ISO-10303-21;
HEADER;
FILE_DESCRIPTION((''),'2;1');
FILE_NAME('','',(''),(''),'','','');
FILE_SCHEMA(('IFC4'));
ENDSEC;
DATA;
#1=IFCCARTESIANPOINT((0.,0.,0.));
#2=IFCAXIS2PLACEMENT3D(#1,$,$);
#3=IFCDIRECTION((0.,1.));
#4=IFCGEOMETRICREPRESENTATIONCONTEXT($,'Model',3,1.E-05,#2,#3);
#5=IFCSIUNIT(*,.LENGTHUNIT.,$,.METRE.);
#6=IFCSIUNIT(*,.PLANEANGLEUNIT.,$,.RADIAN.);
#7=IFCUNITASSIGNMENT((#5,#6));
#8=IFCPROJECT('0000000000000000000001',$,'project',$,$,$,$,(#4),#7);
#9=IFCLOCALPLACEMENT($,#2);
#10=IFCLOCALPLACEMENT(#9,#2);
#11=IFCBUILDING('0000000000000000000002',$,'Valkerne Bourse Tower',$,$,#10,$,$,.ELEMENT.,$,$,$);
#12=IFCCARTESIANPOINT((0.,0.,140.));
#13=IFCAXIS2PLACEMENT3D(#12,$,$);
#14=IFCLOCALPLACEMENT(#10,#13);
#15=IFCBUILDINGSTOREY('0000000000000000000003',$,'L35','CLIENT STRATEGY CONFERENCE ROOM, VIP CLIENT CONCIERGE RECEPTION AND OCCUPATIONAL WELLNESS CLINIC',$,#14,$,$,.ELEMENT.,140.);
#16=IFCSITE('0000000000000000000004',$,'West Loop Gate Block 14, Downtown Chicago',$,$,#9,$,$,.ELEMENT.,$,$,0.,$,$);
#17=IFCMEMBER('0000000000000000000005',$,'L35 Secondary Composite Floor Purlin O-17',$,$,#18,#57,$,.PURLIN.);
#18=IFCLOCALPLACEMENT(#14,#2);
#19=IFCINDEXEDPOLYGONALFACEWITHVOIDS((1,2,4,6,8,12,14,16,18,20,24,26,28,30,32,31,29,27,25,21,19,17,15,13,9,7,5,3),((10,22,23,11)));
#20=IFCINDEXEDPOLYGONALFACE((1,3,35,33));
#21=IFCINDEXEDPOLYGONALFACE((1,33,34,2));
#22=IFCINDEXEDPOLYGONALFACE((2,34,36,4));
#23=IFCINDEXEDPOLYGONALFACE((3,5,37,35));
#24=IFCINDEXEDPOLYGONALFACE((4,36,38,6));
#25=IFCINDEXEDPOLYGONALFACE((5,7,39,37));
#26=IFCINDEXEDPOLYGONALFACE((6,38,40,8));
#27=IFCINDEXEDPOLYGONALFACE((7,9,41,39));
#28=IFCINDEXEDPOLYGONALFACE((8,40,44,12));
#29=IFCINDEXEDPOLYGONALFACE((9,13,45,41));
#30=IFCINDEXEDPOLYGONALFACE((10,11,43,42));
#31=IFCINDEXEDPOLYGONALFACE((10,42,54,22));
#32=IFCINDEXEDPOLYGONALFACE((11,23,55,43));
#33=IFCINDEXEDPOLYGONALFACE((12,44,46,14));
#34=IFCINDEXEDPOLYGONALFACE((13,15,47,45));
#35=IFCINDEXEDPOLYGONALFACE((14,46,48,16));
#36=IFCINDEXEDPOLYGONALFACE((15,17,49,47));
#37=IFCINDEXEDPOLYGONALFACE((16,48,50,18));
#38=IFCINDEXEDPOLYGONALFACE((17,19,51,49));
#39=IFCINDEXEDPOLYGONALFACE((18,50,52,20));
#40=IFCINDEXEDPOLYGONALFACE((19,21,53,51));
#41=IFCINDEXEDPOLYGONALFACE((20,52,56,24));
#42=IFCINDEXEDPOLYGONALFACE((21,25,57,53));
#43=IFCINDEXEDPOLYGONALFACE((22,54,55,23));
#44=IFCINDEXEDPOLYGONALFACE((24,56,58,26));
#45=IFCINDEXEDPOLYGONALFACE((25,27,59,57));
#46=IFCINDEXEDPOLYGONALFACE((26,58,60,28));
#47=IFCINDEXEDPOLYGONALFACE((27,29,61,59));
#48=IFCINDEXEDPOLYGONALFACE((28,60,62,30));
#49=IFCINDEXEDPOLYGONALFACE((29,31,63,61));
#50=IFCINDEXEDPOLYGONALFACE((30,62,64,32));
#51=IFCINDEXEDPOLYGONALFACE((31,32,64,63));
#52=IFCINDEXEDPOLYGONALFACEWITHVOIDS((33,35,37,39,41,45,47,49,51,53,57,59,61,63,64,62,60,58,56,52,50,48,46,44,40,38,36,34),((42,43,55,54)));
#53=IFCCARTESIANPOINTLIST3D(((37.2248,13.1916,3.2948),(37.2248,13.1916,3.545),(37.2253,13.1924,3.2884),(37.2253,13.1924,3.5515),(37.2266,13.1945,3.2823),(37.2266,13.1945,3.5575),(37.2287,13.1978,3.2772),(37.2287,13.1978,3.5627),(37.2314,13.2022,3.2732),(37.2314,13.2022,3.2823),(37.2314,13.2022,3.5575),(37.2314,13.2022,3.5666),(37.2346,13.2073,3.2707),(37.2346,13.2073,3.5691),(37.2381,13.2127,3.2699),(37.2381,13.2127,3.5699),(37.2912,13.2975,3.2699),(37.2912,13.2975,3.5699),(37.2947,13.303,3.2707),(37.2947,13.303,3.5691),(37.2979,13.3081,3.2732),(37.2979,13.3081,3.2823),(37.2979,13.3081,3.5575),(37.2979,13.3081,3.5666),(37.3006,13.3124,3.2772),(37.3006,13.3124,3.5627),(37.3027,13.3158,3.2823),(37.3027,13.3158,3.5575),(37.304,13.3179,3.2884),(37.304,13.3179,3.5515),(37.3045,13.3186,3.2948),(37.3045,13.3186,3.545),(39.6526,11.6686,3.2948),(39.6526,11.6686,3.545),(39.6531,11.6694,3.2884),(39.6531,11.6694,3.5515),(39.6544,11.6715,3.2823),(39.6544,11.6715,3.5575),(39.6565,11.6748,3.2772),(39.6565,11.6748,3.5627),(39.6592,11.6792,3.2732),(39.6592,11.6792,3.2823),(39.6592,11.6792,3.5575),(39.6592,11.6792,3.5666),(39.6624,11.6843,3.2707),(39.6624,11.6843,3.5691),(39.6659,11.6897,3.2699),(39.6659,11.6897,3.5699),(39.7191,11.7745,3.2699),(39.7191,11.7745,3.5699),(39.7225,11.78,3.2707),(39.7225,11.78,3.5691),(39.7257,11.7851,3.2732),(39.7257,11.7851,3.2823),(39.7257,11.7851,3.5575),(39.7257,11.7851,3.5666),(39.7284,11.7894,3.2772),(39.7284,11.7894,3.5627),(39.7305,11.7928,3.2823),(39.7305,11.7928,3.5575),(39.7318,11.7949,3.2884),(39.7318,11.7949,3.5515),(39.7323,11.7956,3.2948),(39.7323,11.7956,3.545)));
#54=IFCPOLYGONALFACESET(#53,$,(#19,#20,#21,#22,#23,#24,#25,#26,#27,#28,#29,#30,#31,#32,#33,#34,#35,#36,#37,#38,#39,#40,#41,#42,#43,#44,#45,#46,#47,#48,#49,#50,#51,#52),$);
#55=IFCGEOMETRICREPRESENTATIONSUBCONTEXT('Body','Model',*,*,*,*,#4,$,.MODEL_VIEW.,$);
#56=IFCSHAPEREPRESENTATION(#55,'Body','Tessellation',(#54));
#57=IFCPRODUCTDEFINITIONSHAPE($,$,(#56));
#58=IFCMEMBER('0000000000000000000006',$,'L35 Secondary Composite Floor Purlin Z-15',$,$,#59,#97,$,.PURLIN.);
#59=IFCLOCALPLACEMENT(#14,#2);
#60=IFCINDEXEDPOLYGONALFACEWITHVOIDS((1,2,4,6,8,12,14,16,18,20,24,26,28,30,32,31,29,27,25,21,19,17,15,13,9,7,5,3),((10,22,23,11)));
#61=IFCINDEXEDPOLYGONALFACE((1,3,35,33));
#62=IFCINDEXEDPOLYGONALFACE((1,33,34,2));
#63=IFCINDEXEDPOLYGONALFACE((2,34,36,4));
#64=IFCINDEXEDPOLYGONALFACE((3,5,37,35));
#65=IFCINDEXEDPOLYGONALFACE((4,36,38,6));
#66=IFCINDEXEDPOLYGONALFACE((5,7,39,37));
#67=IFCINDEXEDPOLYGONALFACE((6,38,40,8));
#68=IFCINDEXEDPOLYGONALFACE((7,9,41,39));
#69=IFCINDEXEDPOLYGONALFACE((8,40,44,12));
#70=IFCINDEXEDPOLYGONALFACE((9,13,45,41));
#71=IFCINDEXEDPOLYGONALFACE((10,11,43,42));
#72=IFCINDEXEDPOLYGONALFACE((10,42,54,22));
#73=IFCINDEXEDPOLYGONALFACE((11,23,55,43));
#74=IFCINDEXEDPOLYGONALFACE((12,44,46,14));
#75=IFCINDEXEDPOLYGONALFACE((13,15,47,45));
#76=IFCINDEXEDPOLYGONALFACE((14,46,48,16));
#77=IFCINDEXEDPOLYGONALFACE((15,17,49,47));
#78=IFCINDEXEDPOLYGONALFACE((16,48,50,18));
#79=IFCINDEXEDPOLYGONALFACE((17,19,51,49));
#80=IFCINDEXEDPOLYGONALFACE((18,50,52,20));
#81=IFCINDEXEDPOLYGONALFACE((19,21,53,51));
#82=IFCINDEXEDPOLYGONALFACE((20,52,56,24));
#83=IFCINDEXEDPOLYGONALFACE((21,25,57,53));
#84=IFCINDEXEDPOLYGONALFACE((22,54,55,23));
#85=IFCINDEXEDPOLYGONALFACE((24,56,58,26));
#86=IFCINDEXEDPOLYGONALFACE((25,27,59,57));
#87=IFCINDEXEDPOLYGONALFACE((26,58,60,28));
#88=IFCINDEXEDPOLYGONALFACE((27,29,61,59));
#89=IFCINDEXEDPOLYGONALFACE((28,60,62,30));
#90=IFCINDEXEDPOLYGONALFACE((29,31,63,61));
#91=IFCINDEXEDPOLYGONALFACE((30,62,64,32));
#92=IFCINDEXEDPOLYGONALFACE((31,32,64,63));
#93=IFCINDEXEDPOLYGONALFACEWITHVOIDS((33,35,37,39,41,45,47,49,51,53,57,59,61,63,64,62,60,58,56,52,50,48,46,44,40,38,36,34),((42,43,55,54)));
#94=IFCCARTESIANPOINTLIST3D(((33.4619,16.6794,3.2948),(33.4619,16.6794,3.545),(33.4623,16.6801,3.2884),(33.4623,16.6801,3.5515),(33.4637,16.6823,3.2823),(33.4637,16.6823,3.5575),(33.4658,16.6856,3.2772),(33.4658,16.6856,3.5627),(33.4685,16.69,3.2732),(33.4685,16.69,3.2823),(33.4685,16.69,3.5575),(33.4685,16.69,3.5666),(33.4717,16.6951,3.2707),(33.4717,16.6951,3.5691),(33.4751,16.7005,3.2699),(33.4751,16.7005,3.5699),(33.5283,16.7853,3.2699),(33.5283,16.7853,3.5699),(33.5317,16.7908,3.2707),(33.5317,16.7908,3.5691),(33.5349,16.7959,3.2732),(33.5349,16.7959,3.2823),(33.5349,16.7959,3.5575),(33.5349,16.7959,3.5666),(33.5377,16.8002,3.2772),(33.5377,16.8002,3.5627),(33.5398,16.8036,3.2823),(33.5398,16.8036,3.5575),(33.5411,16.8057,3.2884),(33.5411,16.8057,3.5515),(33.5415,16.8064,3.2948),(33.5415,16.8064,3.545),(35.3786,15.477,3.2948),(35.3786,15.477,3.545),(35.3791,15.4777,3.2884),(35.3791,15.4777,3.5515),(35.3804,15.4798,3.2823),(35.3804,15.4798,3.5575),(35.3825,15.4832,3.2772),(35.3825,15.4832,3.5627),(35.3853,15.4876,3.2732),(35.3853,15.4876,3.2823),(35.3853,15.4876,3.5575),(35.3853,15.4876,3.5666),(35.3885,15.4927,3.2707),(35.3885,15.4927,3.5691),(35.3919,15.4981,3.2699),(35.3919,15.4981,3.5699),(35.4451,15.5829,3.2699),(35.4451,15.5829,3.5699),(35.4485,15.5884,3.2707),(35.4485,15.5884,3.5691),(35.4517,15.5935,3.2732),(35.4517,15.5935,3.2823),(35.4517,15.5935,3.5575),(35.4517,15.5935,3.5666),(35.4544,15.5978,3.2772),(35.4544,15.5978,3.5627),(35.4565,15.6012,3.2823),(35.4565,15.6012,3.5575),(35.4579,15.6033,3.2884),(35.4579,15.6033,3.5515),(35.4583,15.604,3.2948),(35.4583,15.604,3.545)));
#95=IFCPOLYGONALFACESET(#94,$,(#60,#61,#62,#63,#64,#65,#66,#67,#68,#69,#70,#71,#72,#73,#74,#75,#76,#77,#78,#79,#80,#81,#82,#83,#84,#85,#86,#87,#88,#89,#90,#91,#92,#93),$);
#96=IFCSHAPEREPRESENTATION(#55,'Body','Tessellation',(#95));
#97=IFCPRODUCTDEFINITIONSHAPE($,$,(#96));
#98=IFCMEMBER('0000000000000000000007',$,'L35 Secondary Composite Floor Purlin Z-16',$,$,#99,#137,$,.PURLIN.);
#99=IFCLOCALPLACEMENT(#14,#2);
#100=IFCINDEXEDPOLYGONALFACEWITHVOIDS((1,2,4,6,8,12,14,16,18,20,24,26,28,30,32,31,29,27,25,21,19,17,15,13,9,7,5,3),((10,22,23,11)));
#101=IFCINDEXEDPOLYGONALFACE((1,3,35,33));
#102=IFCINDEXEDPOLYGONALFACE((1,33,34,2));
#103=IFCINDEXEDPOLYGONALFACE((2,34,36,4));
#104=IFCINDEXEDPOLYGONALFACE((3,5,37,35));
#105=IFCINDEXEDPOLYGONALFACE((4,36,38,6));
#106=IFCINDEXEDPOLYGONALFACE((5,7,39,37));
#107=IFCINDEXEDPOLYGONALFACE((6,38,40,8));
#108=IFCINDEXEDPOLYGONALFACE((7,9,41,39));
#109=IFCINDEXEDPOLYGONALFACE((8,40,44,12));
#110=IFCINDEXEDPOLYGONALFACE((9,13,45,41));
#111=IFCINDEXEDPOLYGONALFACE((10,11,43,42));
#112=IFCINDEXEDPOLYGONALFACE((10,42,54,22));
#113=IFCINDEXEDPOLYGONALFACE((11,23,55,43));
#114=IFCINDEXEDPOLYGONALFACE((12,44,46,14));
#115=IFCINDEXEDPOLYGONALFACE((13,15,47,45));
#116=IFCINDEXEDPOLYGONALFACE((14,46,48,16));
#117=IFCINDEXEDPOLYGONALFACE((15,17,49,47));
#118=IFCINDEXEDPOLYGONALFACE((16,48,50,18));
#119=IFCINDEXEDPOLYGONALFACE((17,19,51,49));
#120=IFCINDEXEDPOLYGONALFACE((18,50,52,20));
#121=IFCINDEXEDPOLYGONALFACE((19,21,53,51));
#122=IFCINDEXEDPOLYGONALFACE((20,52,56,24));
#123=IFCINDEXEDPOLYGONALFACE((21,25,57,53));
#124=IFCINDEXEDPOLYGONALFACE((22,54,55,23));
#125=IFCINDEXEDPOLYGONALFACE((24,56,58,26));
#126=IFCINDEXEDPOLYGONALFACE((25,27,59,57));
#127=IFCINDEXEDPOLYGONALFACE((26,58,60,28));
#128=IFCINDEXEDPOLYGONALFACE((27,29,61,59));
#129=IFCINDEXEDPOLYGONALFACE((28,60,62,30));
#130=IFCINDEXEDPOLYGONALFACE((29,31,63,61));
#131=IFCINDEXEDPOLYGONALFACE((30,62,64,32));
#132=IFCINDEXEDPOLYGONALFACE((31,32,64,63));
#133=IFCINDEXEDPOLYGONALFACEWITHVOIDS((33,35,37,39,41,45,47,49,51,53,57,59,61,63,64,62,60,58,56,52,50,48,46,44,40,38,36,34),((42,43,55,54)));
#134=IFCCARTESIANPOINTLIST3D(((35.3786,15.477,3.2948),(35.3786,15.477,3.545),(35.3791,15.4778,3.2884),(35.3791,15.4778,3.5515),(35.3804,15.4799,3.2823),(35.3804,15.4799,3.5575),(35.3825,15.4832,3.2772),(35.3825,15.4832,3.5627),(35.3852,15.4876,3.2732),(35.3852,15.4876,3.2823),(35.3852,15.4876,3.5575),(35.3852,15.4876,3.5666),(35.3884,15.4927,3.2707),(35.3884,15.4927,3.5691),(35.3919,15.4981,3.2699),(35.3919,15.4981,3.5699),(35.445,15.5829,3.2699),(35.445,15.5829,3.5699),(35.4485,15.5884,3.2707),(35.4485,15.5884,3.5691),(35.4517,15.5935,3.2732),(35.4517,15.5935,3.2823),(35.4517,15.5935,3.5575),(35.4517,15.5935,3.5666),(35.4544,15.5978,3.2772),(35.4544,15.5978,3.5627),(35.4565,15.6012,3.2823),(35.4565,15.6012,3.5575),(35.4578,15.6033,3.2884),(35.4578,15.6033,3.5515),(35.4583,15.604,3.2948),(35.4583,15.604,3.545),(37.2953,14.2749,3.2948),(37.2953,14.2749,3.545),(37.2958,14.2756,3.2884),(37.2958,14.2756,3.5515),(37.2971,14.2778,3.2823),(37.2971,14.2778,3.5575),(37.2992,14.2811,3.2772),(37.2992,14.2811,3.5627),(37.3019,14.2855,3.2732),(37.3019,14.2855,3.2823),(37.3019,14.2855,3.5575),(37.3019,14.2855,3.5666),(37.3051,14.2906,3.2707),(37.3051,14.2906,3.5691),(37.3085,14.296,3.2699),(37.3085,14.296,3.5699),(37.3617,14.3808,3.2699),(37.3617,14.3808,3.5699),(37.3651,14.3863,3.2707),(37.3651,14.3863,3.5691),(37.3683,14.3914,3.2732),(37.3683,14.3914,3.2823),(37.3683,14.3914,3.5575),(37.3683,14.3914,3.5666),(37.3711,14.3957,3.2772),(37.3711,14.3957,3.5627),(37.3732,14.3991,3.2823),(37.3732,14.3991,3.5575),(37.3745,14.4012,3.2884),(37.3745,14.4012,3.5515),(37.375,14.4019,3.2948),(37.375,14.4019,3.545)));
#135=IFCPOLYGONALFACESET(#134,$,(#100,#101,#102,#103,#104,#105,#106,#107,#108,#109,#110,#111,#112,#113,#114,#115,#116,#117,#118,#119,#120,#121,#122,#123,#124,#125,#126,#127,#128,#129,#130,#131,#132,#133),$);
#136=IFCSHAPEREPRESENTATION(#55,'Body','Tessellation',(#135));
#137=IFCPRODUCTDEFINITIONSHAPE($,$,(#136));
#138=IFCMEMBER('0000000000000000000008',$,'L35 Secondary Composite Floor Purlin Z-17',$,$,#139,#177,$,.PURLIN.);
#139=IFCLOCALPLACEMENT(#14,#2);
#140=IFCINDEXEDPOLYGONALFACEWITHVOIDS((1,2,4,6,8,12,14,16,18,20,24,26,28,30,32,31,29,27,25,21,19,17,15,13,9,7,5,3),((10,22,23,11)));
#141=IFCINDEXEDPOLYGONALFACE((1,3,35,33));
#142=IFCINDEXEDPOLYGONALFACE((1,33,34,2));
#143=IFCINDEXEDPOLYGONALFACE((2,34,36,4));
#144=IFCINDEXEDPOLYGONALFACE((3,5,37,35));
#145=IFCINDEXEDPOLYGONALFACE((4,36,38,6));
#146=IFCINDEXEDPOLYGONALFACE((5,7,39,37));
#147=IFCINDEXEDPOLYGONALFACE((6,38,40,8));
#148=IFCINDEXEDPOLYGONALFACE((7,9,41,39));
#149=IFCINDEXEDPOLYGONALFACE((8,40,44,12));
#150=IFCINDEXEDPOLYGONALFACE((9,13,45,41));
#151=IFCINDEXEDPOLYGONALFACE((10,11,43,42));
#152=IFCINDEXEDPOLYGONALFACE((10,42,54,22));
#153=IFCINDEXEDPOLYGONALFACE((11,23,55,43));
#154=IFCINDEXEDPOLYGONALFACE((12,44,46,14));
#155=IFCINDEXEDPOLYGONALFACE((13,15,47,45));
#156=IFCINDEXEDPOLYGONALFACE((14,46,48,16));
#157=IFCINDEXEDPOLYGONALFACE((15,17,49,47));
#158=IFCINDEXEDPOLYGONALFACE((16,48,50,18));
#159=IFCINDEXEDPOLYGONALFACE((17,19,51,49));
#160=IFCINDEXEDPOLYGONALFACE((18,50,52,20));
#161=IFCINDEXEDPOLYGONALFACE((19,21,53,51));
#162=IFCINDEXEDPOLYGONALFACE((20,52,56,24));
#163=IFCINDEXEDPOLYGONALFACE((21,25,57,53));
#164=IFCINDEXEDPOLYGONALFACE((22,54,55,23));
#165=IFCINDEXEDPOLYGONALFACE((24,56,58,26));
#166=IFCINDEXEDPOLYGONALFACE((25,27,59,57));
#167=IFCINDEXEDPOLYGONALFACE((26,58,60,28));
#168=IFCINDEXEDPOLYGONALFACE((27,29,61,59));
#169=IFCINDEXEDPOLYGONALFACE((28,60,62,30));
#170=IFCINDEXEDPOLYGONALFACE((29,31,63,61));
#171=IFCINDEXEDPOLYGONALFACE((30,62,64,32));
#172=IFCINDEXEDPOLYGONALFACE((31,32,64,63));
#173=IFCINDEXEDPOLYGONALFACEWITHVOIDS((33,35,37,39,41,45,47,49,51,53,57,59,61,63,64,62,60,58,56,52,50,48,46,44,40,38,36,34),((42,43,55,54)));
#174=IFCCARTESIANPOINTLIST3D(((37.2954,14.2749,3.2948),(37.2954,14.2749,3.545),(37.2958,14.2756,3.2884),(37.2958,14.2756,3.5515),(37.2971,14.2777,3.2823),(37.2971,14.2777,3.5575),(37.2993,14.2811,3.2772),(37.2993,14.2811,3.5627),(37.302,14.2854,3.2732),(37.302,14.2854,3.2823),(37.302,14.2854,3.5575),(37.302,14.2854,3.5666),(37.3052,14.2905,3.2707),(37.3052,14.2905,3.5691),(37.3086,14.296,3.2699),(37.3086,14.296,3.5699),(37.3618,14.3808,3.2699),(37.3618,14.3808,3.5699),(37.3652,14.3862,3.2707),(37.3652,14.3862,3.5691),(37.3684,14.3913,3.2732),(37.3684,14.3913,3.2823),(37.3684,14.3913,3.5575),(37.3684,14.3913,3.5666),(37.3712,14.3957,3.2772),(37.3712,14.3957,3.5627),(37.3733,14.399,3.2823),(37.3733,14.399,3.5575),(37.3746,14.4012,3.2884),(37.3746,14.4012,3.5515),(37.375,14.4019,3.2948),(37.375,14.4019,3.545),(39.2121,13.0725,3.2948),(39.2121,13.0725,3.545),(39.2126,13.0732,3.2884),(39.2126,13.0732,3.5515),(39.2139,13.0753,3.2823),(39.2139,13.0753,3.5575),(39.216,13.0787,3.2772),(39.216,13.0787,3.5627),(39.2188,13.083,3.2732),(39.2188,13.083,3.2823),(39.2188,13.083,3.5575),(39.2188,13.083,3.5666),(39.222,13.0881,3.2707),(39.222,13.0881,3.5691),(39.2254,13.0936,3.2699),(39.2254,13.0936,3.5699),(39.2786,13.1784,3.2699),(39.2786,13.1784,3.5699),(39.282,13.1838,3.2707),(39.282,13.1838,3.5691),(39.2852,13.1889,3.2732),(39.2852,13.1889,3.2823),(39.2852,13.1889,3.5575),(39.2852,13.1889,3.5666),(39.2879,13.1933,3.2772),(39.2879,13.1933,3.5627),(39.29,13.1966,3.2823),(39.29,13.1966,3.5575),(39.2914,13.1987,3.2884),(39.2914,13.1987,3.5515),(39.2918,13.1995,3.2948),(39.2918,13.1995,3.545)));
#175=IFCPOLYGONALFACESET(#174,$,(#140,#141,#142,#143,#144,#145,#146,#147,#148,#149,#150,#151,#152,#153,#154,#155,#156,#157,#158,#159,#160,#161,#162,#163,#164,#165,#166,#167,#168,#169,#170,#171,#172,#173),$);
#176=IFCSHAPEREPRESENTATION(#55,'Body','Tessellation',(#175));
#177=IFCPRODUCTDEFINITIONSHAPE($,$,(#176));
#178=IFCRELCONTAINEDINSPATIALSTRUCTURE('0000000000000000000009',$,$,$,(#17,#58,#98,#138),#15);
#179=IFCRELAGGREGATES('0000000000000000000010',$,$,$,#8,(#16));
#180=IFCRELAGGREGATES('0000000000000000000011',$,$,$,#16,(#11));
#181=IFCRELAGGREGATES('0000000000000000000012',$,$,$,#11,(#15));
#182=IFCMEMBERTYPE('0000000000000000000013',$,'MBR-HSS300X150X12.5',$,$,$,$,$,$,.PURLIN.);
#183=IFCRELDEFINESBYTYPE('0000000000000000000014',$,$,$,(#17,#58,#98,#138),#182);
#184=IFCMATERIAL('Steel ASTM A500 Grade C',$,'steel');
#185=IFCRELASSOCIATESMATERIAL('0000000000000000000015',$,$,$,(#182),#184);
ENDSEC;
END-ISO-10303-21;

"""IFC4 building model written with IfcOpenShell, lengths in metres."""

from ifc_helpers import new_model, si_unit, direction, frame, origin, origin_2d, place, context, subcontext, project, spatial, hollow_rectangle, extrude, material, material_profile, profile_set, type_object, element, save


model = new_model("IFC4")

# Units and contexts
model_context = context("Model", 3, precision=1e-05, world=origin(), true_north=direction((0.0, 1.0)))
body_context = subcontext(model_context, "Body", "Model", "MODEL_VIEW")
ifc_project = project(units=[si_unit("LENGTHUNIT", "METRE"), si_unit("PLANEANGLEUNIT", "RADIAN")], contexts=[model_context])

# Site, building, storey
site_placement = place(None, origin())
site = spatial("IfcSite", under=ifc_project, at=site_placement, Name="West Loop Gate Block 14, Downtown Chicago", CompositionType="ELEMENT", RefElevation=0.0)
building_placement = place(site_placement, origin())
building = spatial("IfcBuilding", under=site, at=building_placement, Name="Valkerne Bourse Tower", CompositionType="ELEMENT")
storey_placement = place(building_placement, frame((0.0, 0.0, 140.0)))
storey = spatial("IfcBuildingStorey", under=building, at=storey_placement, Name="L35", Description="CLIENT STRATEGY CONFERENCE ROOM, VIP CLIENT CONCIERGE RECEPTION AND OCCUPATIONAL WELLNESS CLINIC", CompositionType="ELEMENT", Elevation=140.0)

# Members
ifc_material_1 = material(Name="Steel ASTM A500 Grade C", Category="steel")
ifc_material_profile_1 = material_profile(ifc_material_1, hollow_rectangle(XDim=0.1499, YDim=0.3, WallThickness=0.0125, OuterFilletRadius=0.0249, at=origin_2d()), Name="HSS300X150X12.5")
ifc_profile_set_1 = profile_set([ifc_material_profile_1], Name="Steel ASTM A500 Grade C")
member_type_1 = type_object("IfcMemberType", Name="MBR-HSS300X150X12.5", PredefinedType="PURLIN", material=ifc_profile_set_1)
for number, where, z_axis, x_axis, name in (
    (1, (37.2646, 13.2551, 3.4199), (0.847117, -0.531407, 0.0), (0.531407, 0.847117, 0.0), "L35 Secondary Composite Floor Purlin O-17"),
):
    element("IfcMember", number, at=place(storey_placement, frame(where, z_axis=z_axis, x_axis=x_axis)), inside=storey, type_object=member_type_1, Name=name, PredefinedType="PURLIN", context=body_context, shape_type="SweptSolid", body=[
        extrude(hollow_rectangle(XDim=0.1499, YDim=0.3, WallThickness=0.0125, OuterFilletRadius=0.0249, at=origin_2d()), origin(), (0.0, 0.0, 1.0), 2.866),
    ])
member_1_placement = place(storey_placement, frame((33.5017, 16.7429, 3.4199), z_axis=(0.847118, -0.531405, 0.0), x_axis=(0.531405, 0.847118, 0.0)))
element("IfcMember", 2, at=member_1_placement, inside=storey, type_object=member_type_1, Name="L35 Secondary Composite Floor Purlin Z-15", PredefinedType="PURLIN", context=body_context, shape_type="SweptSolid", body=[
    extrude(hollow_rectangle(XDim=0.1499, YDim=0.3, WallThickness=0.0125, OuterFilletRadius=0.0249, at=origin_2d()), origin(), (0.0, 0.0, 1.0), 2.2627),
])
member_2_placement = place(storey_placement, frame((35.4185, 15.5405, 3.4199), z_axis=(0.847167, -0.531327, 0.0), x_axis=(0.531327, 0.847167, 0.0)))
element("IfcMember", 3, at=member_2_placement, inside=storey, type_object=member_type_1, Name="L35 Secondary Composite Floor Purlin Z-16", PredefinedType="PURLIN", context=body_context, shape_type="SweptSolid", body=[
    extrude(hollow_rectangle(XDim=0.1499, YDim=0.3, WallThickness=0.0125, OuterFilletRadius=0.0249, at=origin_2d()), origin(), (0.0, 0.0, 1.0), 2.2625),
])
member_3_placement = place(storey_placement, frame((37.3352, 14.3384, 3.4199), z_axis=(0.847118, -0.531405, 0.0), x_axis=(0.531405, 0.847118, 0.0)))
element("IfcMember", 4, at=member_3_placement, inside=storey, type_object=member_type_1, Name="L35 Secondary Composite Floor Purlin Z-17", PredefinedType="PURLIN", context=body_context, shape_type="SweptSolid", body=[
    extrude(hollow_rectangle(XDim=0.1499, YDim=0.3, WallThickness=0.0125, OuterFilletRadius=0.0249, at=origin_2d()), origin(), (0.0, 0.0, 1.0), 2.2627),
])

save(model, "model.ifc")
